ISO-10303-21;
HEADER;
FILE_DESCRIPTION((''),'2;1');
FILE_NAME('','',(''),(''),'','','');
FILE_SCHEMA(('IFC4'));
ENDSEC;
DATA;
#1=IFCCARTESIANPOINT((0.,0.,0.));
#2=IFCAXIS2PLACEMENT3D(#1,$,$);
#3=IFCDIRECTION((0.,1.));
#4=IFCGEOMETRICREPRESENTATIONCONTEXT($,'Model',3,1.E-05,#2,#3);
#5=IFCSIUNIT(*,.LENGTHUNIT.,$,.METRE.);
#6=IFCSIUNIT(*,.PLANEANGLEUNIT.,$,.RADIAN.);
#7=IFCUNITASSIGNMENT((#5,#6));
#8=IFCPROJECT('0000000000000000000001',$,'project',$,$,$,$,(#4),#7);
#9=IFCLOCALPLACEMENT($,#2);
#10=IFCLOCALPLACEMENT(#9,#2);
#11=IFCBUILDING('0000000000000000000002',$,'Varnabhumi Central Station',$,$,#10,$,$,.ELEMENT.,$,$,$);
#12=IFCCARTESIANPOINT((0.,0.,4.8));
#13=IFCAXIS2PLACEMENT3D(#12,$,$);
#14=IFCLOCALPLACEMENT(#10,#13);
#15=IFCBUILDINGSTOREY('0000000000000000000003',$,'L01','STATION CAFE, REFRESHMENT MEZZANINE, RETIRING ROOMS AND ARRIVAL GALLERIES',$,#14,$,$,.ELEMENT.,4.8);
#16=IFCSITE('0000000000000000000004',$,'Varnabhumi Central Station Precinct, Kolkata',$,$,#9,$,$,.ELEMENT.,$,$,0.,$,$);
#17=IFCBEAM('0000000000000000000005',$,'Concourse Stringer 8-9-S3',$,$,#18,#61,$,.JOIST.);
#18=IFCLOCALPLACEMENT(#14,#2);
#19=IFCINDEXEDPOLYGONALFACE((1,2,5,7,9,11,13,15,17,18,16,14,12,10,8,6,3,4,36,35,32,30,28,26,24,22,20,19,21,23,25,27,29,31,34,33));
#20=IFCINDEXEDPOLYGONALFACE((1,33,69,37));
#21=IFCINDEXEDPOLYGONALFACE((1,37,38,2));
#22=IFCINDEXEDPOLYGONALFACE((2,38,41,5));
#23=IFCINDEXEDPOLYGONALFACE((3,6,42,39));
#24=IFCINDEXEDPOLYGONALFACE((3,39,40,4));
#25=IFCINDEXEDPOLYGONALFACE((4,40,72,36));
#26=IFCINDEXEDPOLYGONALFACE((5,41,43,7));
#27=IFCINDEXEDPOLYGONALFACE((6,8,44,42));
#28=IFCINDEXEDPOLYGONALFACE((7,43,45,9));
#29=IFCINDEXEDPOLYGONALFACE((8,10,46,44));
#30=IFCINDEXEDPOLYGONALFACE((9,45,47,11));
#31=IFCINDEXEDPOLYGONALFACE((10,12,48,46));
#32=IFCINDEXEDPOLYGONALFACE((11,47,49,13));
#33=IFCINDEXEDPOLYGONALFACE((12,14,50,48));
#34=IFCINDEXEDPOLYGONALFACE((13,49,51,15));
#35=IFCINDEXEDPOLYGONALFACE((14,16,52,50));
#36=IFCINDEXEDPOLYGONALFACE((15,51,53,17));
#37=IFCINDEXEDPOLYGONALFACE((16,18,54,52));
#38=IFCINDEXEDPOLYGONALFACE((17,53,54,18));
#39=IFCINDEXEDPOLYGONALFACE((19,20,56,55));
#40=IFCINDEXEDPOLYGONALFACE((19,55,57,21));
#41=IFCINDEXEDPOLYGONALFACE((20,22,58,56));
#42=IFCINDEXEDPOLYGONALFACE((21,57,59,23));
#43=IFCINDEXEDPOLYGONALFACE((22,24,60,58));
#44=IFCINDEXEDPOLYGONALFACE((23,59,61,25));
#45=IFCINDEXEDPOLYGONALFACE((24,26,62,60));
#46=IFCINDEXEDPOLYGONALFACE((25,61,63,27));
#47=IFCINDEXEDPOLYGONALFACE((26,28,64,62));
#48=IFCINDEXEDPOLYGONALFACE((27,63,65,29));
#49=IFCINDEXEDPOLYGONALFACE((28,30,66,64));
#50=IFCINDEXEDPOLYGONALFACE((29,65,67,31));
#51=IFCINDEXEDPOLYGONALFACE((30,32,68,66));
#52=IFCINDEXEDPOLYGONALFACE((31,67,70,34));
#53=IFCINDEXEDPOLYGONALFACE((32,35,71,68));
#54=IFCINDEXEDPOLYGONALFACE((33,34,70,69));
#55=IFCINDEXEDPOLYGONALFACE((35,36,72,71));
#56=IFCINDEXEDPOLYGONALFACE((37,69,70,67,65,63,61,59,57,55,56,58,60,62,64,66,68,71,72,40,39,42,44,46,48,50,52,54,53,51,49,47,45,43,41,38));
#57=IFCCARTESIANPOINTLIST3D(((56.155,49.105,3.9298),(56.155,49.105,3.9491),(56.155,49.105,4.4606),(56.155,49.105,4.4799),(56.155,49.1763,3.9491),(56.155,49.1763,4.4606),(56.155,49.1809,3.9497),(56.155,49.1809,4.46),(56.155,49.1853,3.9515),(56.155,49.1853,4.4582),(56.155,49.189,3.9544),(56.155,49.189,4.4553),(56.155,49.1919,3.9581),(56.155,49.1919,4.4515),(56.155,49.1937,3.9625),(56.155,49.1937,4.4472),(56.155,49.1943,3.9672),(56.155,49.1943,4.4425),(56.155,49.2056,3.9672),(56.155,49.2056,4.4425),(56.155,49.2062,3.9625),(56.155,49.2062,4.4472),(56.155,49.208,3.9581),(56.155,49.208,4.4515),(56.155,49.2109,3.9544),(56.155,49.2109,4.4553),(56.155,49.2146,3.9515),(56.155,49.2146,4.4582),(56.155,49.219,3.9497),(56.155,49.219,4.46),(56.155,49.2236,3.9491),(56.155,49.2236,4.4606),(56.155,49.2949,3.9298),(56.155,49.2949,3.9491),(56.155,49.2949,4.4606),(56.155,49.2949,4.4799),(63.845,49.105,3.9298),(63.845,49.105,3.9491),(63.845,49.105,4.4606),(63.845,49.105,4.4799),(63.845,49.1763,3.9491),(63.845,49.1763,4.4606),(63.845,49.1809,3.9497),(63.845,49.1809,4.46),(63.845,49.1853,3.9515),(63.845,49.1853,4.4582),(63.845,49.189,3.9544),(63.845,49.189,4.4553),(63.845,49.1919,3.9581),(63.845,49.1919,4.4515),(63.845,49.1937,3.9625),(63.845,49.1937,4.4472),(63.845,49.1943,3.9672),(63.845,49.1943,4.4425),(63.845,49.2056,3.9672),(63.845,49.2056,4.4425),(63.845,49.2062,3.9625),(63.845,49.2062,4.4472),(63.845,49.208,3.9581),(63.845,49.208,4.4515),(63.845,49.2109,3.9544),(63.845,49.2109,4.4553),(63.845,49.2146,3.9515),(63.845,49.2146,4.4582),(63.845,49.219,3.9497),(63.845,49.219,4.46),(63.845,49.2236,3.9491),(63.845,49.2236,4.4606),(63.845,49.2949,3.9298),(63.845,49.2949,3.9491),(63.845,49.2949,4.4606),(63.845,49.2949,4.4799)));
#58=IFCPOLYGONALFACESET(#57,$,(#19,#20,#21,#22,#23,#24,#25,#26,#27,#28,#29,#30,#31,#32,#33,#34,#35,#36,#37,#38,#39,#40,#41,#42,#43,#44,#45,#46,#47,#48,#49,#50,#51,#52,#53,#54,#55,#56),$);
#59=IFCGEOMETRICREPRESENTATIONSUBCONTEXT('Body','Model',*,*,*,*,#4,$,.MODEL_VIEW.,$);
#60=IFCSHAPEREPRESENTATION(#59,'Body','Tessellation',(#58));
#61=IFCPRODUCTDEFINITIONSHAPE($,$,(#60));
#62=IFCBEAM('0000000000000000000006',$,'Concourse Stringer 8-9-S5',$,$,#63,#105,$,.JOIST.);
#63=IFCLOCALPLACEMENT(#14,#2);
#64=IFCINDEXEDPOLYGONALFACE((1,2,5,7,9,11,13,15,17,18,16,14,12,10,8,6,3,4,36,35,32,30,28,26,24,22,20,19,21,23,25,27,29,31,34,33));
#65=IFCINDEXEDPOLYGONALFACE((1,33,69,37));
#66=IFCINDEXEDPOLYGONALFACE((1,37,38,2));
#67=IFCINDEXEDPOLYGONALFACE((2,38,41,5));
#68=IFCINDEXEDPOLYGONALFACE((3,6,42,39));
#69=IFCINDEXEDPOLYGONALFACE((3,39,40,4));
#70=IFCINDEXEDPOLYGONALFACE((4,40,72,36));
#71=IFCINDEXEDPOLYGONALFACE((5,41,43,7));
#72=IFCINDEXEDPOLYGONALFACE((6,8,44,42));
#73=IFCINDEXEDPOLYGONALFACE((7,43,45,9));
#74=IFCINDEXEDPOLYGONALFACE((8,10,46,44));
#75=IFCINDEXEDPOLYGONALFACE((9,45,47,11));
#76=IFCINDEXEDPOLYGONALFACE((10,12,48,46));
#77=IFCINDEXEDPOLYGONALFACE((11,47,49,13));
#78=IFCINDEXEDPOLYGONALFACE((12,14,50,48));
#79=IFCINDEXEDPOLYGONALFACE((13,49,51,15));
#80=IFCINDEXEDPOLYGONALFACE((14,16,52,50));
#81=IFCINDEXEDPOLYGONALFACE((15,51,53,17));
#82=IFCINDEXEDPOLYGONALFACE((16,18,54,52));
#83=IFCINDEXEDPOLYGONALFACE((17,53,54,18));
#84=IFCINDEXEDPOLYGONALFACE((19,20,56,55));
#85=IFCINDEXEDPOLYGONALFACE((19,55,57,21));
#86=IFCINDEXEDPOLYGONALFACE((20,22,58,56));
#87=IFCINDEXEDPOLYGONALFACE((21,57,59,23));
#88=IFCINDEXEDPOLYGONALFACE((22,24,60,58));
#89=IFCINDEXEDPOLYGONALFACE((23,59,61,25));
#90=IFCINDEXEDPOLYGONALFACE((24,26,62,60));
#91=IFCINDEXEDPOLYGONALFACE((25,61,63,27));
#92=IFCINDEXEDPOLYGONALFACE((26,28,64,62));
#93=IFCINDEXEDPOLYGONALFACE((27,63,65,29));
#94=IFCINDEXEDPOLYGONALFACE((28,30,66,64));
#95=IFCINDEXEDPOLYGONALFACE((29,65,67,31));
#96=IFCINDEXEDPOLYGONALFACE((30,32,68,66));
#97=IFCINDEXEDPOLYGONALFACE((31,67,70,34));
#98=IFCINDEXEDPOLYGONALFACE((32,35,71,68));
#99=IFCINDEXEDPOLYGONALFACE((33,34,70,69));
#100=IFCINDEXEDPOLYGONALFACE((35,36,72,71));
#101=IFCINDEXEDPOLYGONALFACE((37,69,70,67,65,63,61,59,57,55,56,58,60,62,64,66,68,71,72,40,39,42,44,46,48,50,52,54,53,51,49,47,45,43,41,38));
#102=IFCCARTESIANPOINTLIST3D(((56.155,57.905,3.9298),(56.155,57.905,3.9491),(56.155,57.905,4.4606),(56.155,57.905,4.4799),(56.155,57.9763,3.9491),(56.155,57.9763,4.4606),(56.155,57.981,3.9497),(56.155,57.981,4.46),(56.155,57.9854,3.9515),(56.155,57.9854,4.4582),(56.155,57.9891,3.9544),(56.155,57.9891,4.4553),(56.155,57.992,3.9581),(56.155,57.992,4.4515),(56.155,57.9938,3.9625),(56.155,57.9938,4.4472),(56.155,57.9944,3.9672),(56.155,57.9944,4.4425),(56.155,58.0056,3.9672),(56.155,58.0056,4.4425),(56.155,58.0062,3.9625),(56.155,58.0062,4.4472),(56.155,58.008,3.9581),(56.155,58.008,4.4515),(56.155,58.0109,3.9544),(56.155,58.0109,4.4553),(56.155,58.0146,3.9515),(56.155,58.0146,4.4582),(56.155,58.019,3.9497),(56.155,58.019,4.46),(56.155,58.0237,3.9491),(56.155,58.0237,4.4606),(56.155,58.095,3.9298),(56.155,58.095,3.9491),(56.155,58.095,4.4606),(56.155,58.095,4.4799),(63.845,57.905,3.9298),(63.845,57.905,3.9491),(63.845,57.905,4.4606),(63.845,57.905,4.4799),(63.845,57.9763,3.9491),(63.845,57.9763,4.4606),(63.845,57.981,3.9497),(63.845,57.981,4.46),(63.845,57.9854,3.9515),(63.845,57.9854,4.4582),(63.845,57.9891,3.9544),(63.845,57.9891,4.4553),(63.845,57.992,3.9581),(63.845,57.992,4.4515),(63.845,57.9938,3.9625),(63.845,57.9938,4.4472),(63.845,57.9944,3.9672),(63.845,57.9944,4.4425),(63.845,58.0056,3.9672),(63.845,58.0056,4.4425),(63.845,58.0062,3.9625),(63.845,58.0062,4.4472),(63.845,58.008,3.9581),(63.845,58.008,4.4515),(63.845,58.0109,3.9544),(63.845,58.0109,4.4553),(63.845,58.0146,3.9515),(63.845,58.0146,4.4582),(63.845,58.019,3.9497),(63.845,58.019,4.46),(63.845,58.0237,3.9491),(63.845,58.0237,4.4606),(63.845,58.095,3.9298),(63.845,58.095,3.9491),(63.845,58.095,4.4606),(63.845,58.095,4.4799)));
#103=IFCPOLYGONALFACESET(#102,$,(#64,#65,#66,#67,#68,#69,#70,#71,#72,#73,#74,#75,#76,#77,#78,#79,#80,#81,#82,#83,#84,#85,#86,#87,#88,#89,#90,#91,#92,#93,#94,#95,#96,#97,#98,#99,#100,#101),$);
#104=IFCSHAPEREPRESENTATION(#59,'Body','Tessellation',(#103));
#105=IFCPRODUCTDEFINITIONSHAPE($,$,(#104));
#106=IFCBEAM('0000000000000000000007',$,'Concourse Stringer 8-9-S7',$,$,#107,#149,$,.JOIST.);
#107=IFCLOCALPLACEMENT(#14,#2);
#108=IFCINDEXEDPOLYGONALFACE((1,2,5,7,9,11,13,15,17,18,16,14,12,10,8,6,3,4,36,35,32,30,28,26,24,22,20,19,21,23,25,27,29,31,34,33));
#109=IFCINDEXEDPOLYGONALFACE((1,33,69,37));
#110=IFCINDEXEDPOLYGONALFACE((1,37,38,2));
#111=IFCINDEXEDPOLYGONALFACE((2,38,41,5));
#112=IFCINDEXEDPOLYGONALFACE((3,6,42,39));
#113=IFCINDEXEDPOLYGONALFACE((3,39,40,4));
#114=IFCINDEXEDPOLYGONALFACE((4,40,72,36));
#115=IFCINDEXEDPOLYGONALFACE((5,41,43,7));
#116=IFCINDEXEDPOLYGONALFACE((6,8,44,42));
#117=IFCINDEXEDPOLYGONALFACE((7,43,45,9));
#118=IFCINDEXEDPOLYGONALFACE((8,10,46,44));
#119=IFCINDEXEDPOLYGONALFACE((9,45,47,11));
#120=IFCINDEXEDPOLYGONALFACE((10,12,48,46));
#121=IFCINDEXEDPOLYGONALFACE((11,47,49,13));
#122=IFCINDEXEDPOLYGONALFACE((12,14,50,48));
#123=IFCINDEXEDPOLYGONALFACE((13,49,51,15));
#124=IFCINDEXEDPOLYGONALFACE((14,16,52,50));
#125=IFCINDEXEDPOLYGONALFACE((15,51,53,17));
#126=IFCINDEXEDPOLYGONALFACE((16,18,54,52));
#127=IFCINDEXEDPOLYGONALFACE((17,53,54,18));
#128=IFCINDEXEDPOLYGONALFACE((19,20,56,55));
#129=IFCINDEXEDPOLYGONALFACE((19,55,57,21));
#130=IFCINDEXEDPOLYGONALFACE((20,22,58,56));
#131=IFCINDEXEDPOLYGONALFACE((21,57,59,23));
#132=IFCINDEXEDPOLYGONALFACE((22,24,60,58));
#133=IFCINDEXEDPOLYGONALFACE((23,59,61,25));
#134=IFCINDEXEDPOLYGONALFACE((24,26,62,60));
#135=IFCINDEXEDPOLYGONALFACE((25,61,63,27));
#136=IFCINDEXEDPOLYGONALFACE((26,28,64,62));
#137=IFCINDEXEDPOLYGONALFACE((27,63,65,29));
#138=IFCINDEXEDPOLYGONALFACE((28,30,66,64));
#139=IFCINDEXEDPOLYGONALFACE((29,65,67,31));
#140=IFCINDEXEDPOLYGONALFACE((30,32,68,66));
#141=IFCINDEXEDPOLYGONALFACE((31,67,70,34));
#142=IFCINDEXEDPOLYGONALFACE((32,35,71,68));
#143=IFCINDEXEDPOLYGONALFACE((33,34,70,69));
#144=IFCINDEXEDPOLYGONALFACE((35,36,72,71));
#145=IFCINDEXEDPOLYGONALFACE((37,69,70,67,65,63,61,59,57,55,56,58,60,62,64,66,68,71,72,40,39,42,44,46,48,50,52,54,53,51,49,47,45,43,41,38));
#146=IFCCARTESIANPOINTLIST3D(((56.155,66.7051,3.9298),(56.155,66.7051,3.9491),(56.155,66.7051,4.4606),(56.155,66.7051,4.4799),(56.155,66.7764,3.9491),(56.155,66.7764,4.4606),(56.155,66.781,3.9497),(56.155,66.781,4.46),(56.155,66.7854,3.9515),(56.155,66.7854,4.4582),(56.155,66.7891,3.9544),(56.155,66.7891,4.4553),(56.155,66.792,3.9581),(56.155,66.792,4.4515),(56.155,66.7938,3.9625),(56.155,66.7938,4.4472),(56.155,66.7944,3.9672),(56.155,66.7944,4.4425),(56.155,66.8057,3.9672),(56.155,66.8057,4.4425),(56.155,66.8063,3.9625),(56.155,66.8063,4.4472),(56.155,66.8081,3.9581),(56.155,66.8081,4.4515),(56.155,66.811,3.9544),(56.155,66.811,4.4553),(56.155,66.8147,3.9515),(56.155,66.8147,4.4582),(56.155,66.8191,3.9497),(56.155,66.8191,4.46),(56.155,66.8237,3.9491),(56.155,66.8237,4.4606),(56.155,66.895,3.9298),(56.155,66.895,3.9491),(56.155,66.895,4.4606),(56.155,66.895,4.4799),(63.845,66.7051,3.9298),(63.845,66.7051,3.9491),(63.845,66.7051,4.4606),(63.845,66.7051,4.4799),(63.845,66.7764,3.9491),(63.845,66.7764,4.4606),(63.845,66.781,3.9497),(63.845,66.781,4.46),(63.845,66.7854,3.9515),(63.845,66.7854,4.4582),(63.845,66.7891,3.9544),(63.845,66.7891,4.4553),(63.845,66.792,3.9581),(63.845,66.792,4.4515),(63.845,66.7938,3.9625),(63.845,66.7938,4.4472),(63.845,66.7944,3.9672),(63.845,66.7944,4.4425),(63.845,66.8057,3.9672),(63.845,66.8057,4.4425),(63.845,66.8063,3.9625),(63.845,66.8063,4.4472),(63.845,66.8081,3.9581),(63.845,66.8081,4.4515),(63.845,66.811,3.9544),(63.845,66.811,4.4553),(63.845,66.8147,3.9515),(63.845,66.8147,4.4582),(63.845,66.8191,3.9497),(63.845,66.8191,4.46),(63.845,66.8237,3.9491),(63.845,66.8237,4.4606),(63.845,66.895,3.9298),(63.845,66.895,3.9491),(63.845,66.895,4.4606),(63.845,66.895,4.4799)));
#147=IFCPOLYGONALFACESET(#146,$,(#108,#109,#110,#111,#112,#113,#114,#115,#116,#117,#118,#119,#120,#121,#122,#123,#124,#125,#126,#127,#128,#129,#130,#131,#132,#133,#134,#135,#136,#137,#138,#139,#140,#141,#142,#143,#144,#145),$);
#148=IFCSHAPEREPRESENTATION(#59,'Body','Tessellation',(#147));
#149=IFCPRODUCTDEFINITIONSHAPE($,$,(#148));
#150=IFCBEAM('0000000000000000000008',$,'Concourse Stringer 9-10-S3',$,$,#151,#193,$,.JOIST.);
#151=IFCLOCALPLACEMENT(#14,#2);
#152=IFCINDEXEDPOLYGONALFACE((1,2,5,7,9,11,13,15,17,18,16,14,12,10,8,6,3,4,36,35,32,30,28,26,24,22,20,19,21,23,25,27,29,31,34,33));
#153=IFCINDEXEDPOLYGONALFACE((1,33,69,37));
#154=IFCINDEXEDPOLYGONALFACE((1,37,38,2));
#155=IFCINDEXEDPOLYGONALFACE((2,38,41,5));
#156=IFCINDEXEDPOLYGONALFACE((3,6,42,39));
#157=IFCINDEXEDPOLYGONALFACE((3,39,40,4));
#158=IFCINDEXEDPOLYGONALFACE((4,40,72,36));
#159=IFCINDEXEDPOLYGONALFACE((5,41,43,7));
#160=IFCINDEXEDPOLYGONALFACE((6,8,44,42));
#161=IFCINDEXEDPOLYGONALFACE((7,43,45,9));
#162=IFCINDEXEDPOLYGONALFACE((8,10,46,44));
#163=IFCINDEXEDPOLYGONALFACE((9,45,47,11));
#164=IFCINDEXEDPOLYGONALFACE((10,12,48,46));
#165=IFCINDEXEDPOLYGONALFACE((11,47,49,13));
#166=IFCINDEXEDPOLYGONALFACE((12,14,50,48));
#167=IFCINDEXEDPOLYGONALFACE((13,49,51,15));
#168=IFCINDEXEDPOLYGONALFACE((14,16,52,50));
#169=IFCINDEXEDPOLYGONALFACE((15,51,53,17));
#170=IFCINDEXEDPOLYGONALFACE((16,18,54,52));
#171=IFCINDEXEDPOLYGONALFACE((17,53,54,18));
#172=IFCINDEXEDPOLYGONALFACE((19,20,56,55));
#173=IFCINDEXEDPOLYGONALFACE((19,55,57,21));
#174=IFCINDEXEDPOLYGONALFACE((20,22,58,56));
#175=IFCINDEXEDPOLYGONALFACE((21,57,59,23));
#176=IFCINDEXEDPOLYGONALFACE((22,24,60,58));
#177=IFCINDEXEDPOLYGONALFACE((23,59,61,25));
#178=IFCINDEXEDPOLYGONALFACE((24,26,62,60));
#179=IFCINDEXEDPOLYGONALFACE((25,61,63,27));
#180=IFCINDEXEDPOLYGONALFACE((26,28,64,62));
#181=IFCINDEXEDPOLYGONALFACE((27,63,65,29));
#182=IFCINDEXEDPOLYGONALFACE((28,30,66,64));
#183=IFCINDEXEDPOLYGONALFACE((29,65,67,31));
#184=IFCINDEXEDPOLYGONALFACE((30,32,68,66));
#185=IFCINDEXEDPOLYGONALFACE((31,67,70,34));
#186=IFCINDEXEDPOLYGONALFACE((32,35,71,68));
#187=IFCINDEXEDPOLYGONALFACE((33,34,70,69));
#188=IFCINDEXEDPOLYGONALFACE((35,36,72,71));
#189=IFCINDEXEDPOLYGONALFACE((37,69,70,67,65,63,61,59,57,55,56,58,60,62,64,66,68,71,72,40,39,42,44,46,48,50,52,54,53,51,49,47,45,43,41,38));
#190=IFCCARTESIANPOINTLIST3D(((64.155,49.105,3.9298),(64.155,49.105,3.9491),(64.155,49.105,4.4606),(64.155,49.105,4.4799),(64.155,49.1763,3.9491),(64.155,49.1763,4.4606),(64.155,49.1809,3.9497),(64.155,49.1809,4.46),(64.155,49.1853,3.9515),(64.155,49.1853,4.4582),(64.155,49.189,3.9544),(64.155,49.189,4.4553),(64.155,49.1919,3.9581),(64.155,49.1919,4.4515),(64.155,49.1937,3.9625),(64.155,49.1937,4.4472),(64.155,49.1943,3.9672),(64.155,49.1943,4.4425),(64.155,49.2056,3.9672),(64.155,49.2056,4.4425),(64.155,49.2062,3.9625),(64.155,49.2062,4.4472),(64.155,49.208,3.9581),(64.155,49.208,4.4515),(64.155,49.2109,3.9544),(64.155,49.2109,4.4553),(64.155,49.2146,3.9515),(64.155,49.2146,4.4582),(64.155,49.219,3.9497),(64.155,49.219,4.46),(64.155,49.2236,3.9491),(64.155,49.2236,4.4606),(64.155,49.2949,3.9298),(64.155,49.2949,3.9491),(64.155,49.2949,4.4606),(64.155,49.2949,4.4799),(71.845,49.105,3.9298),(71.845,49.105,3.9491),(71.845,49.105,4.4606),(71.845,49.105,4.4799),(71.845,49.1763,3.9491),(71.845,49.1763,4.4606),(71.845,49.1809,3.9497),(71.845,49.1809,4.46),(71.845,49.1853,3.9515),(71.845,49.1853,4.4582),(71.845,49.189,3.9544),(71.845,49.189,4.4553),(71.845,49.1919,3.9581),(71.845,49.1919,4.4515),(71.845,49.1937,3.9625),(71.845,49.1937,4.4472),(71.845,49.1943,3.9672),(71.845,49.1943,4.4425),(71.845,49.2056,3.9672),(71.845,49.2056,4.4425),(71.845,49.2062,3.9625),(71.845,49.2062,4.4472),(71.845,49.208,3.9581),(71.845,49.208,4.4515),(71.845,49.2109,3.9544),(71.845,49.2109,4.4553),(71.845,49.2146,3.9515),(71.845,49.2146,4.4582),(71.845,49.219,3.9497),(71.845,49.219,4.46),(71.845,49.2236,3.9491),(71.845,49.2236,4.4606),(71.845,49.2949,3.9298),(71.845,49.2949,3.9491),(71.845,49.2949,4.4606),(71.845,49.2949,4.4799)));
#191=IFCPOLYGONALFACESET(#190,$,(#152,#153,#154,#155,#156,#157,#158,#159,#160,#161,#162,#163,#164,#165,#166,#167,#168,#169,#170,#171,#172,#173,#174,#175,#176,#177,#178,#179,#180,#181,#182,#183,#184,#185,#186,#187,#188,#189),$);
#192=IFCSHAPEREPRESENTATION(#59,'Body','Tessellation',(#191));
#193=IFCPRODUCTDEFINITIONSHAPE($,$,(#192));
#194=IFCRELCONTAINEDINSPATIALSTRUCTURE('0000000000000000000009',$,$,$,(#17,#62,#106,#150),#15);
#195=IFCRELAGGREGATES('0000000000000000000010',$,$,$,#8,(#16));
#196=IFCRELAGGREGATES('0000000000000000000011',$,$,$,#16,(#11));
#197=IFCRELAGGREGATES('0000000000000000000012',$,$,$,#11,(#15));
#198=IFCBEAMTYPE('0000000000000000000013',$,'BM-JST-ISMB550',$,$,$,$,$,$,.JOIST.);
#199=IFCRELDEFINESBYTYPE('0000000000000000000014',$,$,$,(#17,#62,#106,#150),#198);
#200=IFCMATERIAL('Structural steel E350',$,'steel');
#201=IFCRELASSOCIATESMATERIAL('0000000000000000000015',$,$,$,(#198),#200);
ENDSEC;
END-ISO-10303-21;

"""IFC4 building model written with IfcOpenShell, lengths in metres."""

from ifc_helpers import new_model, si_unit, direction, frame, origin, origin_2d, place, context, subcontext, project, spatial, i_section, extrude, material, material_profile, profile_set, type_object, element, save


model = new_model("IFC4")

# Units and contexts
model_context = context("Model", 3, precision=1e-05, world=origin(), true_north=direction((0.0, 1.0)))
body_context = subcontext(model_context, "Body", "Model", "MODEL_VIEW")
ifc_project = project(units=[si_unit("LENGTHUNIT", "METRE"), si_unit("PLANEANGLEUNIT", "RADIAN")], contexts=[model_context])

# Site, building, storey
site_placement = place(None, origin())
site = spatial("IfcSite", under=ifc_project, at=site_placement, Name="Varnabhumi Central Station Precinct, Kolkata", CompositionType="ELEMENT", RefElevation=0.0)
building_placement = place(site_placement, origin())
building = spatial("IfcBuilding", under=site, at=building_placement, Name="Varnabhumi Central Station", CompositionType="ELEMENT")
storey_placement = place(building_placement, frame((0.0, 0.0, 4.8)))
storey = spatial("IfcBuildingStorey", under=building, at=storey_placement, Name="L01", Description="STATION CAFE, REFRESHMENT MEZZANINE, RETIRING ROOMS AND ARRIVAL GALLERIES", CompositionType="ELEMENT", Elevation=4.8)

# Beams
ifc_material = material(Name="Structural steel E350", Category="steel")
ifc_material_profile_1 = material_profile(ifc_material, i_section(OverallWidth=0.1899, OverallDepth=0.55, WebThickness=0.0112, FlangeThickness=0.0193, FilletRadius=0.0181, at=origin_2d()), Name="Structural steel E350", Category="steel")
ifc_profile_set_1 = profile_set([ifc_material_profile_1], Name="Structural steel E350")
beam_type_1 = type_object("IfcBeamType", Name="BM-JST-ISMB550", PredefinedType="JOIST", material=ifc_profile_set_1)
for number, where, z_axis, x_axis, name in (
    (1, (56.155, 49.2, 4.2048), (1.0, 0.0, 0.0), (0.0, 1.0, 0.0), "Concourse Stringer 8-9-S3"),
    (2, (56.155, 58.0, 4.2048), (1.0, 0.0, 0.0), (0.0, 1.0, 0.0), "Concourse Stringer 8-9-S5"),
    (3, (56.155, 66.8, 4.2048), (1.0, 0.0, 0.0), (0.0, 1.0, 0.0), "Concourse Stringer 8-9-S7"),
    (4, (64.155, 49.2, 4.2048), (1.0, 0.0, 0.0), (0.0, 1.0, 0.0), "Concourse Stringer 9-10-S3"),
):
    element("IfcBeam", number, at=place(storey_placement, frame(where, z_axis=z_axis, x_axis=x_axis)), inside=storey, type_object=beam_type_1, Name=name, PredefinedType="JOIST", context=body_context, shape_type="SweptSolid", body=[
        extrude(i_section(OverallWidth=0.1899, OverallDepth=0.55, WebThickness=0.0112, FlangeThickness=0.0193, FilletRadius=0.0181, at=origin_2d()), origin(), (0.0, 0.0, 1.0), 7.6899),
    ])

save(model, "model.ifc")
